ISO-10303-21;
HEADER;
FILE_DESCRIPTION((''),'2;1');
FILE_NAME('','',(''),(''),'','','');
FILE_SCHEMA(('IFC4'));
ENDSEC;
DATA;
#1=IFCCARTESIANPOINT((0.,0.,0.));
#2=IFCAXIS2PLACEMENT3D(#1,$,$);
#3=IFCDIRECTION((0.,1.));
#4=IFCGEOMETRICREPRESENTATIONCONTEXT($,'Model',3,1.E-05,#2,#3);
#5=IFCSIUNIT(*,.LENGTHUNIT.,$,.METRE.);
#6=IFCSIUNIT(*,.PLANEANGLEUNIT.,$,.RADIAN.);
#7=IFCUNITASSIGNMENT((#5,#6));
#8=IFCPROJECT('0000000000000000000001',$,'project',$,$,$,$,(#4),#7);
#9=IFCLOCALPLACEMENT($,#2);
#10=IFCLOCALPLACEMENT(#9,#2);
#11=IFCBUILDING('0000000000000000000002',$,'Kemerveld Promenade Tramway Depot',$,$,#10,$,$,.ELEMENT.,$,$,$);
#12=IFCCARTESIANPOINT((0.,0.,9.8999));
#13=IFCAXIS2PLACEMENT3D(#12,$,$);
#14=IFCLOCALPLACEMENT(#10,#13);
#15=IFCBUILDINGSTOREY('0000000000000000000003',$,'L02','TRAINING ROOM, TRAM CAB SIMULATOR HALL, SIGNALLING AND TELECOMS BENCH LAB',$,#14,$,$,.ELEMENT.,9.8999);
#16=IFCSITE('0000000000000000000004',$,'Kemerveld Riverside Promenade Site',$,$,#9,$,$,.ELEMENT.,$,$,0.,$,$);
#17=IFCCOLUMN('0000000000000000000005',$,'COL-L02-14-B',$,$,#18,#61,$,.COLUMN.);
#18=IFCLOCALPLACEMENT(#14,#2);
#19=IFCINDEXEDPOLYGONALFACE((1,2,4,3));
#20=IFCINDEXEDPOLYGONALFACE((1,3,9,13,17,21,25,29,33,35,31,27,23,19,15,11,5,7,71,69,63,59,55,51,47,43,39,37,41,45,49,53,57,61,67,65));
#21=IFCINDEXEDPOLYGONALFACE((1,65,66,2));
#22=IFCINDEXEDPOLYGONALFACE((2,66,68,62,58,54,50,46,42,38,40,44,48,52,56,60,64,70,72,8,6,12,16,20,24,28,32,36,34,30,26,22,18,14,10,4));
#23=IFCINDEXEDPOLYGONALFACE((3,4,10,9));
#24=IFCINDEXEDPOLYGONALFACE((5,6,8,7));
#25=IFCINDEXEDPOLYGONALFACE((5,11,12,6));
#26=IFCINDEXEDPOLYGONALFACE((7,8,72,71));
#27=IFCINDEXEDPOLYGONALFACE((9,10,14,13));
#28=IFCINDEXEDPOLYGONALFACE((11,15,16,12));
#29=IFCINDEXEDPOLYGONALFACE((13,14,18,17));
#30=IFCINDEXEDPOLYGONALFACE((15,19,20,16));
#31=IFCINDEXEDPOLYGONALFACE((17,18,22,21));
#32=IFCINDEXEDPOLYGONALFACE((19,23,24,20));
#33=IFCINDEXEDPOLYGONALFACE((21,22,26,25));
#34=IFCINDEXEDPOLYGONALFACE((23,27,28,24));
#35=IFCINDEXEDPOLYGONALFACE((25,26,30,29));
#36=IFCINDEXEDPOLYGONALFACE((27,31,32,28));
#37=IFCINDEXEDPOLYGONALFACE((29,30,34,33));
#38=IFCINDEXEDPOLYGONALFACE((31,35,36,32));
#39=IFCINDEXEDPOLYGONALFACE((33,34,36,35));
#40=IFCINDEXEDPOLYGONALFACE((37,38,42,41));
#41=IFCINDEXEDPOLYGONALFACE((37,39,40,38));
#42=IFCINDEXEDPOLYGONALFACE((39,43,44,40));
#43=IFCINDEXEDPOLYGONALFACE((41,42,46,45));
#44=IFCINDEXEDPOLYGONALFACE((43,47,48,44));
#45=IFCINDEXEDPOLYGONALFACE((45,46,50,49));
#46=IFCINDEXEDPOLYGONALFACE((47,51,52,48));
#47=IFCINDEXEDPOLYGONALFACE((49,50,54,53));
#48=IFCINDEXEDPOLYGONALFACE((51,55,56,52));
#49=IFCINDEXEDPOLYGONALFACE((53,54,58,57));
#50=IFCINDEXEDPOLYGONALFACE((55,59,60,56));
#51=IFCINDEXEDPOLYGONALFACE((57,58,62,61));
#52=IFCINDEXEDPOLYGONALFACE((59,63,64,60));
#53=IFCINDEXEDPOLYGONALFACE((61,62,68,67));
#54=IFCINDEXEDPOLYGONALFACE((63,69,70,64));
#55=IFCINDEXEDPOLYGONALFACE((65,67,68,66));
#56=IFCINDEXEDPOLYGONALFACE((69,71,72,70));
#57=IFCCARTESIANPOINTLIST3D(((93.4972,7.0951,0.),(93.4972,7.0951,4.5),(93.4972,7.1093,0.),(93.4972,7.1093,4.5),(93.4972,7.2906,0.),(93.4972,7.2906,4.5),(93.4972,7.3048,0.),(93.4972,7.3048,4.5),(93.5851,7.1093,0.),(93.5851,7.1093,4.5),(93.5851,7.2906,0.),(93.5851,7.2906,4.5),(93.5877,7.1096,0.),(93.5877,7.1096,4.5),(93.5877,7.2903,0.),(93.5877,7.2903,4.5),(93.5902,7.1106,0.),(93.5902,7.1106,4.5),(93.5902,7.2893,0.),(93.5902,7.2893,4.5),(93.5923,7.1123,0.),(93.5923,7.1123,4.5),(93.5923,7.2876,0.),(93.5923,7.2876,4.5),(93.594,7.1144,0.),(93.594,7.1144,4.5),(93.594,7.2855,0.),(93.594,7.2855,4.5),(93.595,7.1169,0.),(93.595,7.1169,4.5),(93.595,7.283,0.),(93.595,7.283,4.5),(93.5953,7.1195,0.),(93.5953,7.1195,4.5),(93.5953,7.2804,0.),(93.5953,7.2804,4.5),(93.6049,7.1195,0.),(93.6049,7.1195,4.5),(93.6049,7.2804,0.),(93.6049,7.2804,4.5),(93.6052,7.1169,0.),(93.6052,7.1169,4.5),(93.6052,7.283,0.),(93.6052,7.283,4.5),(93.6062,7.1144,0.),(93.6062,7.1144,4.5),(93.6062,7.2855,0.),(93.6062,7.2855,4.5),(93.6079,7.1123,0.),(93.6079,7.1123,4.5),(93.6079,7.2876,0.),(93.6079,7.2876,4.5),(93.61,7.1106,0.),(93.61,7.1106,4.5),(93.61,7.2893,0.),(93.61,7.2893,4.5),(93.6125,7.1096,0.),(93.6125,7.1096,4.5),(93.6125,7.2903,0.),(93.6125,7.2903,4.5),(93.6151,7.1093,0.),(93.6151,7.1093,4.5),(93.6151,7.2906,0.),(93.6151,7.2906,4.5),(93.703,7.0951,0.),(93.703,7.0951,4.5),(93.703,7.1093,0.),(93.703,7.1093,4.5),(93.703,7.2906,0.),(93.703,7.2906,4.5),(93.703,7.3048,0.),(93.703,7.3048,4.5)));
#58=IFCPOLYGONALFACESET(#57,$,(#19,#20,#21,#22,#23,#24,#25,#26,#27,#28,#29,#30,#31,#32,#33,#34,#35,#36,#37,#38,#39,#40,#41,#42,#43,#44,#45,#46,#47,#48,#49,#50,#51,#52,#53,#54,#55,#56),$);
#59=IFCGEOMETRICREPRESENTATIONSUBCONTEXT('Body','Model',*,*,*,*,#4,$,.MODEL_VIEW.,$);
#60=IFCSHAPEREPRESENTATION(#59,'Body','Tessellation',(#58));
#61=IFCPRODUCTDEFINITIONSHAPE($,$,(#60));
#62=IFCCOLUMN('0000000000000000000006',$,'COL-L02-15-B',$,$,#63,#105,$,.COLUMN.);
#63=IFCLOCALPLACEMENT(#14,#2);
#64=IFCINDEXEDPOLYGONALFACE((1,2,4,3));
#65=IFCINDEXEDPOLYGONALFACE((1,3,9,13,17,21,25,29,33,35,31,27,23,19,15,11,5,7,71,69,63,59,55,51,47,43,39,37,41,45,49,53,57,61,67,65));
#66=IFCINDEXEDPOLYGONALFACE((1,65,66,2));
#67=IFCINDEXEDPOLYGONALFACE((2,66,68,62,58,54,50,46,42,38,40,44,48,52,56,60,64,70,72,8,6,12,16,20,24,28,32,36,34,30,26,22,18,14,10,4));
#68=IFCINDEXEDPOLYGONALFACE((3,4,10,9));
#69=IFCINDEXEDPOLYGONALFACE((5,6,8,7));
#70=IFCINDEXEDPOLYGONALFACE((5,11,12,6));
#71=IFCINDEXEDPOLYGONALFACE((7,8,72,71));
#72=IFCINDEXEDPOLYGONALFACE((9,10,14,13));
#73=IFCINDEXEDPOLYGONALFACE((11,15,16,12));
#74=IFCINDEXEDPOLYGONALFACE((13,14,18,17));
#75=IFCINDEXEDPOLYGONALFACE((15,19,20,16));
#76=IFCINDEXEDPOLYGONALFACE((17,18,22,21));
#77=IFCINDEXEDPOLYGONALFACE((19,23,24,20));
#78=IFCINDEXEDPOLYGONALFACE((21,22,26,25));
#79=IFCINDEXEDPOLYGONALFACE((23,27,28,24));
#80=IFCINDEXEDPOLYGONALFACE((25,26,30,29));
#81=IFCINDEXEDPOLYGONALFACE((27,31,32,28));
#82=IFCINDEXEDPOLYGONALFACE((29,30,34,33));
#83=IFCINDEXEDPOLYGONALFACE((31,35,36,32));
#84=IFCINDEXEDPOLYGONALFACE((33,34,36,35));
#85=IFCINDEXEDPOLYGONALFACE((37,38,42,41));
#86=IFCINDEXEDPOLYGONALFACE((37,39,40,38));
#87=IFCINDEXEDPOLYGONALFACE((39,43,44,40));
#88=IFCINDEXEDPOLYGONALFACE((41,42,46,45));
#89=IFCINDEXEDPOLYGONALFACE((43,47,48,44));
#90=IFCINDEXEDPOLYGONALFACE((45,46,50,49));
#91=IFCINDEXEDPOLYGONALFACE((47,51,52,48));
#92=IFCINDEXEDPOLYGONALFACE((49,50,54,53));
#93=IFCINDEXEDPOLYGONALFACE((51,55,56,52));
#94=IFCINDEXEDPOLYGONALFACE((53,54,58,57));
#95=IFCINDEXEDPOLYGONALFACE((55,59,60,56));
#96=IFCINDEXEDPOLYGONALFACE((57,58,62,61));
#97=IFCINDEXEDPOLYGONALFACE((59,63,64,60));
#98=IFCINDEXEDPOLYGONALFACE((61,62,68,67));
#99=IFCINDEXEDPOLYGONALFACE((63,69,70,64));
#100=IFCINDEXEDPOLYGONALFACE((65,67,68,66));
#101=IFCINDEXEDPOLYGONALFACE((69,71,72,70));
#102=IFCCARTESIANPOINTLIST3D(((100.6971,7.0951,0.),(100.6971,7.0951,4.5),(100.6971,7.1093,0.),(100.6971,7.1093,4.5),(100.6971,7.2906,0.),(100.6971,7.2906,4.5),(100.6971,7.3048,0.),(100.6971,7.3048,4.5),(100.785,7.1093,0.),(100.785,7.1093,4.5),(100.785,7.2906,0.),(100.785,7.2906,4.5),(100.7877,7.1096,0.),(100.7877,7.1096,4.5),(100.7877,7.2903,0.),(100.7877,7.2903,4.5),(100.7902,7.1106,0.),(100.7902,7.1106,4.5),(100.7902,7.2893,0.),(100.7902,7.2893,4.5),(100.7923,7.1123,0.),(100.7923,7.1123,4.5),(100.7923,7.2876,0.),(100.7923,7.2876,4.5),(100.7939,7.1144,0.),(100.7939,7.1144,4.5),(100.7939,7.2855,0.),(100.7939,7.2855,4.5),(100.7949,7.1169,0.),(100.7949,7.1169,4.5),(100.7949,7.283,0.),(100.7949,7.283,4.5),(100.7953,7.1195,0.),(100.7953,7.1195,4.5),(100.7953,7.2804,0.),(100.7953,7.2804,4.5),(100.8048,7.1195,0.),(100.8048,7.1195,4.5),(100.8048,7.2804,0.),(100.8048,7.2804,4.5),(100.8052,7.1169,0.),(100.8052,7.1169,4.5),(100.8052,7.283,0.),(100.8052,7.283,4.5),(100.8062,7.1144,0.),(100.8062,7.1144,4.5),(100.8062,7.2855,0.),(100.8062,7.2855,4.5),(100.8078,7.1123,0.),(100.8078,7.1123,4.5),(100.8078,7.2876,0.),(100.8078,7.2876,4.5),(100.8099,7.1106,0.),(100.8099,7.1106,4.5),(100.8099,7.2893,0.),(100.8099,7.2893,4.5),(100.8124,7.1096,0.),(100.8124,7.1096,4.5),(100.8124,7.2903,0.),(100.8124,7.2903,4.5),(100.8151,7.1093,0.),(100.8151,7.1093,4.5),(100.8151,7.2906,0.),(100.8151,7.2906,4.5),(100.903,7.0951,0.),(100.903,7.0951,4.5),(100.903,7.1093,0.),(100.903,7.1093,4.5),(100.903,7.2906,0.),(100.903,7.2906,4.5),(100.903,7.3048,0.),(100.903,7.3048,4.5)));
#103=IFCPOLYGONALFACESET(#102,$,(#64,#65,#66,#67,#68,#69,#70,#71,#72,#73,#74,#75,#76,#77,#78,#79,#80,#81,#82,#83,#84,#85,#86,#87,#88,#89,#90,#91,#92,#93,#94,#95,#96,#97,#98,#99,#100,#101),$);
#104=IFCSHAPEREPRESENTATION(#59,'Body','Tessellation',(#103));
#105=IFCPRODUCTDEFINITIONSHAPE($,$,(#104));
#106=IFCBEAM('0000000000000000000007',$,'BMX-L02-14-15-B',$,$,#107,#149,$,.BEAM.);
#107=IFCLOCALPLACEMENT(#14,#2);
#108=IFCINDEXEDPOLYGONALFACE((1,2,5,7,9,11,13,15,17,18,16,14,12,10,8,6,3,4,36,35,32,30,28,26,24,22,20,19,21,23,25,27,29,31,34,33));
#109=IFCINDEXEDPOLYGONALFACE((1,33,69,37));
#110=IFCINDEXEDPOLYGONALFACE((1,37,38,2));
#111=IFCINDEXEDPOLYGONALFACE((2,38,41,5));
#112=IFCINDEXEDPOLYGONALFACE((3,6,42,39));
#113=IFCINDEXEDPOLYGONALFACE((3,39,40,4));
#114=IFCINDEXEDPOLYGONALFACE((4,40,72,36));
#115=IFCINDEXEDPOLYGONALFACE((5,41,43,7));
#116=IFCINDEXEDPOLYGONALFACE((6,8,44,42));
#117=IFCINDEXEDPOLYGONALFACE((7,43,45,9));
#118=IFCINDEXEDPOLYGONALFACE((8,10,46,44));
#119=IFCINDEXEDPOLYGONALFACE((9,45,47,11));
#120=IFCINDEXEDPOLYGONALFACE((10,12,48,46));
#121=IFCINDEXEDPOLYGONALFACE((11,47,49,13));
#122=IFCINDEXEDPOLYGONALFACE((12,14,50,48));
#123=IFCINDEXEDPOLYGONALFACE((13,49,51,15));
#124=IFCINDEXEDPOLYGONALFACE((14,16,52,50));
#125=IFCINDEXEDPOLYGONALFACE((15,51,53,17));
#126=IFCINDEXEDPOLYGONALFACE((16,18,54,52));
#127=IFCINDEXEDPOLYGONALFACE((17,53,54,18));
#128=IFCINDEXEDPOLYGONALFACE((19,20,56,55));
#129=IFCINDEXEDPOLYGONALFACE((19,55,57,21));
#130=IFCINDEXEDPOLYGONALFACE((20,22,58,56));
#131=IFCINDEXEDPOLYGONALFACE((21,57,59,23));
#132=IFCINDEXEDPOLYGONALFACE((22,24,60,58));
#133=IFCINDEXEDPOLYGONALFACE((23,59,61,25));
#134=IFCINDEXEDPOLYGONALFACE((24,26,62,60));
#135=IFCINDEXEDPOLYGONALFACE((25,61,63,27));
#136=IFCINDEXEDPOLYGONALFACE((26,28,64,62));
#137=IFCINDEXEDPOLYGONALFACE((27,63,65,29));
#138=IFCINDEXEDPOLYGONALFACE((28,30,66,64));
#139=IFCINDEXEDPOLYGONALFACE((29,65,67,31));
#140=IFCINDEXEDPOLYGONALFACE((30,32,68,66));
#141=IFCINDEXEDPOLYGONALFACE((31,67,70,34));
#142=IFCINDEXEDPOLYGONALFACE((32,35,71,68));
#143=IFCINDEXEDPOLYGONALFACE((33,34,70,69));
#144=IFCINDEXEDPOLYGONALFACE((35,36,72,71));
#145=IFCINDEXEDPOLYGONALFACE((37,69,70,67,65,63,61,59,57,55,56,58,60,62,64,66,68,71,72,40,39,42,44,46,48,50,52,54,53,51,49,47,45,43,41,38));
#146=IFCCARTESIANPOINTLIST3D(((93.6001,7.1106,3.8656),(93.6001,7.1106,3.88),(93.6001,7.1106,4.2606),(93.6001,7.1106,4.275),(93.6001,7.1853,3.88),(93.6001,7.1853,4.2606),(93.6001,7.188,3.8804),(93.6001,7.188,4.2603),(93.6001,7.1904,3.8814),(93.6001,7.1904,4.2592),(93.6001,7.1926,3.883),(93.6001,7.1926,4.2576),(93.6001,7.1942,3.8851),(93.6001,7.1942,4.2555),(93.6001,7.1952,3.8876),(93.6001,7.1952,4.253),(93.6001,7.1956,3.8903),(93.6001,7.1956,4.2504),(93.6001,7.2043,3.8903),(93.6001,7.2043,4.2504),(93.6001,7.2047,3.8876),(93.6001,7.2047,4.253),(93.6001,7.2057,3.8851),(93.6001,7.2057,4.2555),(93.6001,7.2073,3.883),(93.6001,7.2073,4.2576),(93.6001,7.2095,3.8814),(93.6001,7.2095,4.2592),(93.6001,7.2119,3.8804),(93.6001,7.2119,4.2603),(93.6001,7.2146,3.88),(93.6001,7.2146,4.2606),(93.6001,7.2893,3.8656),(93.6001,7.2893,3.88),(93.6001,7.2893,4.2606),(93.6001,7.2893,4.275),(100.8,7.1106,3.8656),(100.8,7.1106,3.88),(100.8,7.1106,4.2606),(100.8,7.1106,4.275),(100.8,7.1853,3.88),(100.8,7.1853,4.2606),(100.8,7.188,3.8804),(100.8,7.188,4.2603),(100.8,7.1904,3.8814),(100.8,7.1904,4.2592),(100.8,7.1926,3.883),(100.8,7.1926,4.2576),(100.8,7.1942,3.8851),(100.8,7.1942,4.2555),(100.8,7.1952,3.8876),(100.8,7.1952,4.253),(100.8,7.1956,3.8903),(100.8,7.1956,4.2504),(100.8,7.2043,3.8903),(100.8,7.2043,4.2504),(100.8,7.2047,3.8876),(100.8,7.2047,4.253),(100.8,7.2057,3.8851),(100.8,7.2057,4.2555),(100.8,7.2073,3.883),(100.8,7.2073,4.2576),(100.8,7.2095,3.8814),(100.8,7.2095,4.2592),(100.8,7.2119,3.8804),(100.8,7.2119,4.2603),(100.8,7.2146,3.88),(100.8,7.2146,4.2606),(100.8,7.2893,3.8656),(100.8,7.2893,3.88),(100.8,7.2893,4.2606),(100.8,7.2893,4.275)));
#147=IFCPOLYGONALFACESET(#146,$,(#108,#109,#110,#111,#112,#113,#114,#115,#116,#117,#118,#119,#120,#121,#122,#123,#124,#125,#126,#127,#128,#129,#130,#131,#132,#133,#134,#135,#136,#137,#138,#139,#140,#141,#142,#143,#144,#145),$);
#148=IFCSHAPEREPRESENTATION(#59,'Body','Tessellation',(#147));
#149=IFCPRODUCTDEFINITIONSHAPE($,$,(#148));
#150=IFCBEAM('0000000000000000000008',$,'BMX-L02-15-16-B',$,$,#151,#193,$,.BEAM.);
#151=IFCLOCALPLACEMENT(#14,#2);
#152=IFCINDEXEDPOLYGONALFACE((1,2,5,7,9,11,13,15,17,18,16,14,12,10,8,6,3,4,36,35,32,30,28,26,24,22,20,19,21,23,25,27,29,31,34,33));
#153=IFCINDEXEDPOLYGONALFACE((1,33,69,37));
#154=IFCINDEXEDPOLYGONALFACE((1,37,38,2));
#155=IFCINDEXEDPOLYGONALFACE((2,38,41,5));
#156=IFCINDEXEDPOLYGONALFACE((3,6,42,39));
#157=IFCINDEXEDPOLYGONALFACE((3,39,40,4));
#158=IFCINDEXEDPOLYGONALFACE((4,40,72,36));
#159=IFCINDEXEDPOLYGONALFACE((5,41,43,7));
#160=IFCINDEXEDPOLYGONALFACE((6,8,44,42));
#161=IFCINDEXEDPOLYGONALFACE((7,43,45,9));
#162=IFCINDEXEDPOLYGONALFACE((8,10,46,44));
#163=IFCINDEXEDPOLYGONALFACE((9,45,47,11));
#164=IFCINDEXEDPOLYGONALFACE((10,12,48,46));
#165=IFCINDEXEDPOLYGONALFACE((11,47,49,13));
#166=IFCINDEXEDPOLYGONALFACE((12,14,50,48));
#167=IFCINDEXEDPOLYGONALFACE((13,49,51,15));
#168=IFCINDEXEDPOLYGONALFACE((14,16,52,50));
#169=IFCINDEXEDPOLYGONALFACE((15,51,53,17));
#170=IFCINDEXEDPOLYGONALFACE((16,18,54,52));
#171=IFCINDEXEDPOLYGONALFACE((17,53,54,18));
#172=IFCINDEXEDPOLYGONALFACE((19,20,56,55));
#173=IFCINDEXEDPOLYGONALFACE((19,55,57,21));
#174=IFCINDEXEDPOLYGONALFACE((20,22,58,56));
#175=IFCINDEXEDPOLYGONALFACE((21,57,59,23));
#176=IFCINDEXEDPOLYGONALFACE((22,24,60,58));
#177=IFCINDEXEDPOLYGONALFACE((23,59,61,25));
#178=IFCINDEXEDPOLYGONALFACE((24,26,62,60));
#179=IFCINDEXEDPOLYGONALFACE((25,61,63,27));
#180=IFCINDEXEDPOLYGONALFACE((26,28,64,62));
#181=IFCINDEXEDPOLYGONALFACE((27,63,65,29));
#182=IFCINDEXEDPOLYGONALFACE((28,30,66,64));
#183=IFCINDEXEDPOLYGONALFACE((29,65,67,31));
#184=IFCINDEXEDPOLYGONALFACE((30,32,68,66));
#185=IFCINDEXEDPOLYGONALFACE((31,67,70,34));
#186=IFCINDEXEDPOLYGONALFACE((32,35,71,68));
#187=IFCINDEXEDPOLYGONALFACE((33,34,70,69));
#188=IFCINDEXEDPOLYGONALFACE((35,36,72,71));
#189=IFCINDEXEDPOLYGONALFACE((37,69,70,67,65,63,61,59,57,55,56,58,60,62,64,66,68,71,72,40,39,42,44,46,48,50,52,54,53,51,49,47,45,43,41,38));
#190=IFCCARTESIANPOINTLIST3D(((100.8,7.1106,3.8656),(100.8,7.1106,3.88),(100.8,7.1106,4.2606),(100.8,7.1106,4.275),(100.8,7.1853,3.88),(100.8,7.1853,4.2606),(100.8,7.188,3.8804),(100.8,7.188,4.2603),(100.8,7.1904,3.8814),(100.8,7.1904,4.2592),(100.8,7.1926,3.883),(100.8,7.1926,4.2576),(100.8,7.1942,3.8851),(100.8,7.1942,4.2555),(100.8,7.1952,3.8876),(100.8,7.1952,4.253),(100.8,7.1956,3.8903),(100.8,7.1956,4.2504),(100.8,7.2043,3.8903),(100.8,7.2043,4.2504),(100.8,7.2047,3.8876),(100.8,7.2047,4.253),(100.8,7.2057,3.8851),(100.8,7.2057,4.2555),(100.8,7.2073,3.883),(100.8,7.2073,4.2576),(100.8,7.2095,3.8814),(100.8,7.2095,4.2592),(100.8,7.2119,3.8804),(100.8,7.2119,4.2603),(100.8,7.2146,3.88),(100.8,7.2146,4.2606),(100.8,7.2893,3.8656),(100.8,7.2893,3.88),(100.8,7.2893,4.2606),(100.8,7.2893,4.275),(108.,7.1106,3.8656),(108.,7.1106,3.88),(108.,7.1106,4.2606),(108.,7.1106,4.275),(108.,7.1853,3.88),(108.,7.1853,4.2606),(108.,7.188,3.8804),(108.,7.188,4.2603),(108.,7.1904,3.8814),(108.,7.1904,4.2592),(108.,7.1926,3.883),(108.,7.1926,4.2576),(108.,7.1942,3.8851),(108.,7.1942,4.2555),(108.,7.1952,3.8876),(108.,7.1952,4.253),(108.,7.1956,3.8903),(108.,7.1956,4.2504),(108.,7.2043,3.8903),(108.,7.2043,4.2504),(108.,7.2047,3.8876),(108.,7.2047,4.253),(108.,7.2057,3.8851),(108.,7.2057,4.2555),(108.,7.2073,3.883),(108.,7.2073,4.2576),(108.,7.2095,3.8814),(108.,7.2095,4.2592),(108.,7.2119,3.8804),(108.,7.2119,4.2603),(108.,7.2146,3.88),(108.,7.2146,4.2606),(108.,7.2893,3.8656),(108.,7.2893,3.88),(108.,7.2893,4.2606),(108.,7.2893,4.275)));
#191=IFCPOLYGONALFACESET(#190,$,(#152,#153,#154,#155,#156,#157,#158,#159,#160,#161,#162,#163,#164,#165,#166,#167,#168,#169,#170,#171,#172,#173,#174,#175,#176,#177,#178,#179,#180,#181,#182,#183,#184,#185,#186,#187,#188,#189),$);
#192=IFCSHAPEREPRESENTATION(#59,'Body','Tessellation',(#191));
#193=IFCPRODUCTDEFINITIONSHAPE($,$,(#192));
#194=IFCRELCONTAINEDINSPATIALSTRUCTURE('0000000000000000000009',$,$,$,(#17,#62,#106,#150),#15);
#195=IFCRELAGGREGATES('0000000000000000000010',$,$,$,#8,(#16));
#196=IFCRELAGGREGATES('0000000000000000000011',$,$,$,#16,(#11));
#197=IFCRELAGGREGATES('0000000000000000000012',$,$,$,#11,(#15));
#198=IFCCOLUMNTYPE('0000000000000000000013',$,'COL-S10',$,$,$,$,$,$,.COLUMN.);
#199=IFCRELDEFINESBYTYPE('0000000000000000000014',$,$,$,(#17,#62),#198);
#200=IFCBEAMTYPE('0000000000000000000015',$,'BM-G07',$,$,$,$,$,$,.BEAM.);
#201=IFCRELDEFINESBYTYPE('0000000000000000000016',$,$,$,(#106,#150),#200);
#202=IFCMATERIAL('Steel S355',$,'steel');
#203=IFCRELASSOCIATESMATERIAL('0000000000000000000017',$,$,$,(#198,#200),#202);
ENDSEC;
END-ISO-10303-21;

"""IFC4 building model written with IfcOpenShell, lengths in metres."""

from ifc_helpers import new_model, si_unit, direction, frame, origin, origin_2d, place, context, subcontext, project, spatial, i_section, extrude, material, material_profile, profile_set, type_object, element, save


model = new_model("IFC4")

# Units and contexts
model_context = context("Model", 3, precision=1e-05, world=origin(), true_north=direction((0.0, 1.0)))
body_context = subcontext(model_context, "Body", "Model", "MODEL_VIEW")
ifc_project = project(units=[si_unit("LENGTHUNIT", "METRE"), si_unit("PLANEANGLEUNIT", "RADIAN")], contexts=[model_context])

# Site, building, storey
site_placement = place(None, origin())
site = spatial("IfcSite", under=ifc_project, at=site_placement, Name="Kemerveld Riverside Promenade Site", CompositionType="ELEMENT", RefElevation=0.0)
building_placement = place(site_placement, origin())
building = spatial("IfcBuilding", under=site, at=building_placement, Name="Kemerveld Promenade Tramway Depot", CompositionType="ELEMENT")
storey_placement = place(building_placement, frame((0.0, 0.0, 9.8999)))
storey = spatial("IfcBuildingStorey", under=building, at=storey_placement, Name="L02", Description="TRAINING ROOM, TRAM CAB SIMULATOR HALL, SIGNALLING AND TELECOMS BENCH LAB", CompositionType="ELEMENT", Elevation=9.8999)

# Columns
ifc_material_1 = material(Name="Steel S355", Category="steel")
ifc_material_profile_1 = material_profile(ifc_material_1, i_section(OverallWidth=0.2058, OverallDepth=0.2097, WebThickness=0.0095, FlangeThickness=0.0142, FilletRadius=0.0103, at=origin_2d()), Name="203x203x60 UC")
ifc_profile_set_1 = profile_set([ifc_material_profile_1], Name="Steel S355")
column_type = type_object("IfcColumnType", Name="COL-S10", PredefinedType="COLUMN", material=ifc_profile_set_1)
for number, where, z_axis, x_axis, name in (
    (1, (93.6001, 7.2, 0.0), (0.0, 0.0, 1.0), (1.0, 0.0, 0.0), "COL-L02-14-B"),
    (2, (100.8, 7.2, 0.0), (0.0, 0.0, 1.0), (1.0, 0.0, 0.0), "COL-L02-15-B"),
):
    element("IfcColumn", number, at=place(storey_placement, frame(where, z_axis=z_axis, x_axis=x_axis)), inside=storey, type_object=column_type, Name=name, PredefinedType="COLUMN", context=body_context, shape_type="SweptSolid", body=[
        extrude(i_section(OverallWidth=0.2058, OverallDepth=0.2097, WebThickness=0.0095, FlangeThickness=0.0142, FilletRadius=0.0103, at=origin_2d()), origin(), (0.0, 0.0, 1.0), 4.5),
    ])

# Beams
ifc_material_profile_2 = material_profile(ifc_material_1, i_section(OverallWidth=0.1787, OverallDepth=0.4094, WebThickness=0.0088, FlangeThickness=0.0144, FilletRadius=0.0103, at=origin_2d()), Name="406x178x67 UB")
ifc_profile_set_2 = profile_set([ifc_material_profile_2], Name="Steel S355")
beam_type = type_object("IfcBeamType", Name="BM-G07", PredefinedType="BEAM", material=ifc_profile_set_2)
for number, where, z_axis, x_axis, name in (
    (3, (93.6001, 7.2, 4.0703), (1.0, 0.0, 0.0), (0.0, 1.0, 0.0), "BMX-L02-14-15-B"),
    (4, (100.8, 7.2, 4.0703), (1.0, 0.0, 0.0), (0.0, 1.0, 0.0), "BMX-L02-15-16-B"),
):
    element("IfcBeam", number, at=place(storey_placement, frame(where, z_axis=z_axis, x_axis=x_axis)), inside=storey, type_object=beam_type, Name=name, PredefinedType="BEAM", context=body_context, shape_type="SweptSolid", body=[
        extrude(i_section(OverallWidth=0.1787, OverallDepth=0.4094, WebThickness=0.0088, FlangeThickness=0.0144, FilletRadius=0.0103, at=origin_2d()), origin(), (0.0, 0.0, 1.0), 7.2),
    ])

save(model, "model.ifc")
